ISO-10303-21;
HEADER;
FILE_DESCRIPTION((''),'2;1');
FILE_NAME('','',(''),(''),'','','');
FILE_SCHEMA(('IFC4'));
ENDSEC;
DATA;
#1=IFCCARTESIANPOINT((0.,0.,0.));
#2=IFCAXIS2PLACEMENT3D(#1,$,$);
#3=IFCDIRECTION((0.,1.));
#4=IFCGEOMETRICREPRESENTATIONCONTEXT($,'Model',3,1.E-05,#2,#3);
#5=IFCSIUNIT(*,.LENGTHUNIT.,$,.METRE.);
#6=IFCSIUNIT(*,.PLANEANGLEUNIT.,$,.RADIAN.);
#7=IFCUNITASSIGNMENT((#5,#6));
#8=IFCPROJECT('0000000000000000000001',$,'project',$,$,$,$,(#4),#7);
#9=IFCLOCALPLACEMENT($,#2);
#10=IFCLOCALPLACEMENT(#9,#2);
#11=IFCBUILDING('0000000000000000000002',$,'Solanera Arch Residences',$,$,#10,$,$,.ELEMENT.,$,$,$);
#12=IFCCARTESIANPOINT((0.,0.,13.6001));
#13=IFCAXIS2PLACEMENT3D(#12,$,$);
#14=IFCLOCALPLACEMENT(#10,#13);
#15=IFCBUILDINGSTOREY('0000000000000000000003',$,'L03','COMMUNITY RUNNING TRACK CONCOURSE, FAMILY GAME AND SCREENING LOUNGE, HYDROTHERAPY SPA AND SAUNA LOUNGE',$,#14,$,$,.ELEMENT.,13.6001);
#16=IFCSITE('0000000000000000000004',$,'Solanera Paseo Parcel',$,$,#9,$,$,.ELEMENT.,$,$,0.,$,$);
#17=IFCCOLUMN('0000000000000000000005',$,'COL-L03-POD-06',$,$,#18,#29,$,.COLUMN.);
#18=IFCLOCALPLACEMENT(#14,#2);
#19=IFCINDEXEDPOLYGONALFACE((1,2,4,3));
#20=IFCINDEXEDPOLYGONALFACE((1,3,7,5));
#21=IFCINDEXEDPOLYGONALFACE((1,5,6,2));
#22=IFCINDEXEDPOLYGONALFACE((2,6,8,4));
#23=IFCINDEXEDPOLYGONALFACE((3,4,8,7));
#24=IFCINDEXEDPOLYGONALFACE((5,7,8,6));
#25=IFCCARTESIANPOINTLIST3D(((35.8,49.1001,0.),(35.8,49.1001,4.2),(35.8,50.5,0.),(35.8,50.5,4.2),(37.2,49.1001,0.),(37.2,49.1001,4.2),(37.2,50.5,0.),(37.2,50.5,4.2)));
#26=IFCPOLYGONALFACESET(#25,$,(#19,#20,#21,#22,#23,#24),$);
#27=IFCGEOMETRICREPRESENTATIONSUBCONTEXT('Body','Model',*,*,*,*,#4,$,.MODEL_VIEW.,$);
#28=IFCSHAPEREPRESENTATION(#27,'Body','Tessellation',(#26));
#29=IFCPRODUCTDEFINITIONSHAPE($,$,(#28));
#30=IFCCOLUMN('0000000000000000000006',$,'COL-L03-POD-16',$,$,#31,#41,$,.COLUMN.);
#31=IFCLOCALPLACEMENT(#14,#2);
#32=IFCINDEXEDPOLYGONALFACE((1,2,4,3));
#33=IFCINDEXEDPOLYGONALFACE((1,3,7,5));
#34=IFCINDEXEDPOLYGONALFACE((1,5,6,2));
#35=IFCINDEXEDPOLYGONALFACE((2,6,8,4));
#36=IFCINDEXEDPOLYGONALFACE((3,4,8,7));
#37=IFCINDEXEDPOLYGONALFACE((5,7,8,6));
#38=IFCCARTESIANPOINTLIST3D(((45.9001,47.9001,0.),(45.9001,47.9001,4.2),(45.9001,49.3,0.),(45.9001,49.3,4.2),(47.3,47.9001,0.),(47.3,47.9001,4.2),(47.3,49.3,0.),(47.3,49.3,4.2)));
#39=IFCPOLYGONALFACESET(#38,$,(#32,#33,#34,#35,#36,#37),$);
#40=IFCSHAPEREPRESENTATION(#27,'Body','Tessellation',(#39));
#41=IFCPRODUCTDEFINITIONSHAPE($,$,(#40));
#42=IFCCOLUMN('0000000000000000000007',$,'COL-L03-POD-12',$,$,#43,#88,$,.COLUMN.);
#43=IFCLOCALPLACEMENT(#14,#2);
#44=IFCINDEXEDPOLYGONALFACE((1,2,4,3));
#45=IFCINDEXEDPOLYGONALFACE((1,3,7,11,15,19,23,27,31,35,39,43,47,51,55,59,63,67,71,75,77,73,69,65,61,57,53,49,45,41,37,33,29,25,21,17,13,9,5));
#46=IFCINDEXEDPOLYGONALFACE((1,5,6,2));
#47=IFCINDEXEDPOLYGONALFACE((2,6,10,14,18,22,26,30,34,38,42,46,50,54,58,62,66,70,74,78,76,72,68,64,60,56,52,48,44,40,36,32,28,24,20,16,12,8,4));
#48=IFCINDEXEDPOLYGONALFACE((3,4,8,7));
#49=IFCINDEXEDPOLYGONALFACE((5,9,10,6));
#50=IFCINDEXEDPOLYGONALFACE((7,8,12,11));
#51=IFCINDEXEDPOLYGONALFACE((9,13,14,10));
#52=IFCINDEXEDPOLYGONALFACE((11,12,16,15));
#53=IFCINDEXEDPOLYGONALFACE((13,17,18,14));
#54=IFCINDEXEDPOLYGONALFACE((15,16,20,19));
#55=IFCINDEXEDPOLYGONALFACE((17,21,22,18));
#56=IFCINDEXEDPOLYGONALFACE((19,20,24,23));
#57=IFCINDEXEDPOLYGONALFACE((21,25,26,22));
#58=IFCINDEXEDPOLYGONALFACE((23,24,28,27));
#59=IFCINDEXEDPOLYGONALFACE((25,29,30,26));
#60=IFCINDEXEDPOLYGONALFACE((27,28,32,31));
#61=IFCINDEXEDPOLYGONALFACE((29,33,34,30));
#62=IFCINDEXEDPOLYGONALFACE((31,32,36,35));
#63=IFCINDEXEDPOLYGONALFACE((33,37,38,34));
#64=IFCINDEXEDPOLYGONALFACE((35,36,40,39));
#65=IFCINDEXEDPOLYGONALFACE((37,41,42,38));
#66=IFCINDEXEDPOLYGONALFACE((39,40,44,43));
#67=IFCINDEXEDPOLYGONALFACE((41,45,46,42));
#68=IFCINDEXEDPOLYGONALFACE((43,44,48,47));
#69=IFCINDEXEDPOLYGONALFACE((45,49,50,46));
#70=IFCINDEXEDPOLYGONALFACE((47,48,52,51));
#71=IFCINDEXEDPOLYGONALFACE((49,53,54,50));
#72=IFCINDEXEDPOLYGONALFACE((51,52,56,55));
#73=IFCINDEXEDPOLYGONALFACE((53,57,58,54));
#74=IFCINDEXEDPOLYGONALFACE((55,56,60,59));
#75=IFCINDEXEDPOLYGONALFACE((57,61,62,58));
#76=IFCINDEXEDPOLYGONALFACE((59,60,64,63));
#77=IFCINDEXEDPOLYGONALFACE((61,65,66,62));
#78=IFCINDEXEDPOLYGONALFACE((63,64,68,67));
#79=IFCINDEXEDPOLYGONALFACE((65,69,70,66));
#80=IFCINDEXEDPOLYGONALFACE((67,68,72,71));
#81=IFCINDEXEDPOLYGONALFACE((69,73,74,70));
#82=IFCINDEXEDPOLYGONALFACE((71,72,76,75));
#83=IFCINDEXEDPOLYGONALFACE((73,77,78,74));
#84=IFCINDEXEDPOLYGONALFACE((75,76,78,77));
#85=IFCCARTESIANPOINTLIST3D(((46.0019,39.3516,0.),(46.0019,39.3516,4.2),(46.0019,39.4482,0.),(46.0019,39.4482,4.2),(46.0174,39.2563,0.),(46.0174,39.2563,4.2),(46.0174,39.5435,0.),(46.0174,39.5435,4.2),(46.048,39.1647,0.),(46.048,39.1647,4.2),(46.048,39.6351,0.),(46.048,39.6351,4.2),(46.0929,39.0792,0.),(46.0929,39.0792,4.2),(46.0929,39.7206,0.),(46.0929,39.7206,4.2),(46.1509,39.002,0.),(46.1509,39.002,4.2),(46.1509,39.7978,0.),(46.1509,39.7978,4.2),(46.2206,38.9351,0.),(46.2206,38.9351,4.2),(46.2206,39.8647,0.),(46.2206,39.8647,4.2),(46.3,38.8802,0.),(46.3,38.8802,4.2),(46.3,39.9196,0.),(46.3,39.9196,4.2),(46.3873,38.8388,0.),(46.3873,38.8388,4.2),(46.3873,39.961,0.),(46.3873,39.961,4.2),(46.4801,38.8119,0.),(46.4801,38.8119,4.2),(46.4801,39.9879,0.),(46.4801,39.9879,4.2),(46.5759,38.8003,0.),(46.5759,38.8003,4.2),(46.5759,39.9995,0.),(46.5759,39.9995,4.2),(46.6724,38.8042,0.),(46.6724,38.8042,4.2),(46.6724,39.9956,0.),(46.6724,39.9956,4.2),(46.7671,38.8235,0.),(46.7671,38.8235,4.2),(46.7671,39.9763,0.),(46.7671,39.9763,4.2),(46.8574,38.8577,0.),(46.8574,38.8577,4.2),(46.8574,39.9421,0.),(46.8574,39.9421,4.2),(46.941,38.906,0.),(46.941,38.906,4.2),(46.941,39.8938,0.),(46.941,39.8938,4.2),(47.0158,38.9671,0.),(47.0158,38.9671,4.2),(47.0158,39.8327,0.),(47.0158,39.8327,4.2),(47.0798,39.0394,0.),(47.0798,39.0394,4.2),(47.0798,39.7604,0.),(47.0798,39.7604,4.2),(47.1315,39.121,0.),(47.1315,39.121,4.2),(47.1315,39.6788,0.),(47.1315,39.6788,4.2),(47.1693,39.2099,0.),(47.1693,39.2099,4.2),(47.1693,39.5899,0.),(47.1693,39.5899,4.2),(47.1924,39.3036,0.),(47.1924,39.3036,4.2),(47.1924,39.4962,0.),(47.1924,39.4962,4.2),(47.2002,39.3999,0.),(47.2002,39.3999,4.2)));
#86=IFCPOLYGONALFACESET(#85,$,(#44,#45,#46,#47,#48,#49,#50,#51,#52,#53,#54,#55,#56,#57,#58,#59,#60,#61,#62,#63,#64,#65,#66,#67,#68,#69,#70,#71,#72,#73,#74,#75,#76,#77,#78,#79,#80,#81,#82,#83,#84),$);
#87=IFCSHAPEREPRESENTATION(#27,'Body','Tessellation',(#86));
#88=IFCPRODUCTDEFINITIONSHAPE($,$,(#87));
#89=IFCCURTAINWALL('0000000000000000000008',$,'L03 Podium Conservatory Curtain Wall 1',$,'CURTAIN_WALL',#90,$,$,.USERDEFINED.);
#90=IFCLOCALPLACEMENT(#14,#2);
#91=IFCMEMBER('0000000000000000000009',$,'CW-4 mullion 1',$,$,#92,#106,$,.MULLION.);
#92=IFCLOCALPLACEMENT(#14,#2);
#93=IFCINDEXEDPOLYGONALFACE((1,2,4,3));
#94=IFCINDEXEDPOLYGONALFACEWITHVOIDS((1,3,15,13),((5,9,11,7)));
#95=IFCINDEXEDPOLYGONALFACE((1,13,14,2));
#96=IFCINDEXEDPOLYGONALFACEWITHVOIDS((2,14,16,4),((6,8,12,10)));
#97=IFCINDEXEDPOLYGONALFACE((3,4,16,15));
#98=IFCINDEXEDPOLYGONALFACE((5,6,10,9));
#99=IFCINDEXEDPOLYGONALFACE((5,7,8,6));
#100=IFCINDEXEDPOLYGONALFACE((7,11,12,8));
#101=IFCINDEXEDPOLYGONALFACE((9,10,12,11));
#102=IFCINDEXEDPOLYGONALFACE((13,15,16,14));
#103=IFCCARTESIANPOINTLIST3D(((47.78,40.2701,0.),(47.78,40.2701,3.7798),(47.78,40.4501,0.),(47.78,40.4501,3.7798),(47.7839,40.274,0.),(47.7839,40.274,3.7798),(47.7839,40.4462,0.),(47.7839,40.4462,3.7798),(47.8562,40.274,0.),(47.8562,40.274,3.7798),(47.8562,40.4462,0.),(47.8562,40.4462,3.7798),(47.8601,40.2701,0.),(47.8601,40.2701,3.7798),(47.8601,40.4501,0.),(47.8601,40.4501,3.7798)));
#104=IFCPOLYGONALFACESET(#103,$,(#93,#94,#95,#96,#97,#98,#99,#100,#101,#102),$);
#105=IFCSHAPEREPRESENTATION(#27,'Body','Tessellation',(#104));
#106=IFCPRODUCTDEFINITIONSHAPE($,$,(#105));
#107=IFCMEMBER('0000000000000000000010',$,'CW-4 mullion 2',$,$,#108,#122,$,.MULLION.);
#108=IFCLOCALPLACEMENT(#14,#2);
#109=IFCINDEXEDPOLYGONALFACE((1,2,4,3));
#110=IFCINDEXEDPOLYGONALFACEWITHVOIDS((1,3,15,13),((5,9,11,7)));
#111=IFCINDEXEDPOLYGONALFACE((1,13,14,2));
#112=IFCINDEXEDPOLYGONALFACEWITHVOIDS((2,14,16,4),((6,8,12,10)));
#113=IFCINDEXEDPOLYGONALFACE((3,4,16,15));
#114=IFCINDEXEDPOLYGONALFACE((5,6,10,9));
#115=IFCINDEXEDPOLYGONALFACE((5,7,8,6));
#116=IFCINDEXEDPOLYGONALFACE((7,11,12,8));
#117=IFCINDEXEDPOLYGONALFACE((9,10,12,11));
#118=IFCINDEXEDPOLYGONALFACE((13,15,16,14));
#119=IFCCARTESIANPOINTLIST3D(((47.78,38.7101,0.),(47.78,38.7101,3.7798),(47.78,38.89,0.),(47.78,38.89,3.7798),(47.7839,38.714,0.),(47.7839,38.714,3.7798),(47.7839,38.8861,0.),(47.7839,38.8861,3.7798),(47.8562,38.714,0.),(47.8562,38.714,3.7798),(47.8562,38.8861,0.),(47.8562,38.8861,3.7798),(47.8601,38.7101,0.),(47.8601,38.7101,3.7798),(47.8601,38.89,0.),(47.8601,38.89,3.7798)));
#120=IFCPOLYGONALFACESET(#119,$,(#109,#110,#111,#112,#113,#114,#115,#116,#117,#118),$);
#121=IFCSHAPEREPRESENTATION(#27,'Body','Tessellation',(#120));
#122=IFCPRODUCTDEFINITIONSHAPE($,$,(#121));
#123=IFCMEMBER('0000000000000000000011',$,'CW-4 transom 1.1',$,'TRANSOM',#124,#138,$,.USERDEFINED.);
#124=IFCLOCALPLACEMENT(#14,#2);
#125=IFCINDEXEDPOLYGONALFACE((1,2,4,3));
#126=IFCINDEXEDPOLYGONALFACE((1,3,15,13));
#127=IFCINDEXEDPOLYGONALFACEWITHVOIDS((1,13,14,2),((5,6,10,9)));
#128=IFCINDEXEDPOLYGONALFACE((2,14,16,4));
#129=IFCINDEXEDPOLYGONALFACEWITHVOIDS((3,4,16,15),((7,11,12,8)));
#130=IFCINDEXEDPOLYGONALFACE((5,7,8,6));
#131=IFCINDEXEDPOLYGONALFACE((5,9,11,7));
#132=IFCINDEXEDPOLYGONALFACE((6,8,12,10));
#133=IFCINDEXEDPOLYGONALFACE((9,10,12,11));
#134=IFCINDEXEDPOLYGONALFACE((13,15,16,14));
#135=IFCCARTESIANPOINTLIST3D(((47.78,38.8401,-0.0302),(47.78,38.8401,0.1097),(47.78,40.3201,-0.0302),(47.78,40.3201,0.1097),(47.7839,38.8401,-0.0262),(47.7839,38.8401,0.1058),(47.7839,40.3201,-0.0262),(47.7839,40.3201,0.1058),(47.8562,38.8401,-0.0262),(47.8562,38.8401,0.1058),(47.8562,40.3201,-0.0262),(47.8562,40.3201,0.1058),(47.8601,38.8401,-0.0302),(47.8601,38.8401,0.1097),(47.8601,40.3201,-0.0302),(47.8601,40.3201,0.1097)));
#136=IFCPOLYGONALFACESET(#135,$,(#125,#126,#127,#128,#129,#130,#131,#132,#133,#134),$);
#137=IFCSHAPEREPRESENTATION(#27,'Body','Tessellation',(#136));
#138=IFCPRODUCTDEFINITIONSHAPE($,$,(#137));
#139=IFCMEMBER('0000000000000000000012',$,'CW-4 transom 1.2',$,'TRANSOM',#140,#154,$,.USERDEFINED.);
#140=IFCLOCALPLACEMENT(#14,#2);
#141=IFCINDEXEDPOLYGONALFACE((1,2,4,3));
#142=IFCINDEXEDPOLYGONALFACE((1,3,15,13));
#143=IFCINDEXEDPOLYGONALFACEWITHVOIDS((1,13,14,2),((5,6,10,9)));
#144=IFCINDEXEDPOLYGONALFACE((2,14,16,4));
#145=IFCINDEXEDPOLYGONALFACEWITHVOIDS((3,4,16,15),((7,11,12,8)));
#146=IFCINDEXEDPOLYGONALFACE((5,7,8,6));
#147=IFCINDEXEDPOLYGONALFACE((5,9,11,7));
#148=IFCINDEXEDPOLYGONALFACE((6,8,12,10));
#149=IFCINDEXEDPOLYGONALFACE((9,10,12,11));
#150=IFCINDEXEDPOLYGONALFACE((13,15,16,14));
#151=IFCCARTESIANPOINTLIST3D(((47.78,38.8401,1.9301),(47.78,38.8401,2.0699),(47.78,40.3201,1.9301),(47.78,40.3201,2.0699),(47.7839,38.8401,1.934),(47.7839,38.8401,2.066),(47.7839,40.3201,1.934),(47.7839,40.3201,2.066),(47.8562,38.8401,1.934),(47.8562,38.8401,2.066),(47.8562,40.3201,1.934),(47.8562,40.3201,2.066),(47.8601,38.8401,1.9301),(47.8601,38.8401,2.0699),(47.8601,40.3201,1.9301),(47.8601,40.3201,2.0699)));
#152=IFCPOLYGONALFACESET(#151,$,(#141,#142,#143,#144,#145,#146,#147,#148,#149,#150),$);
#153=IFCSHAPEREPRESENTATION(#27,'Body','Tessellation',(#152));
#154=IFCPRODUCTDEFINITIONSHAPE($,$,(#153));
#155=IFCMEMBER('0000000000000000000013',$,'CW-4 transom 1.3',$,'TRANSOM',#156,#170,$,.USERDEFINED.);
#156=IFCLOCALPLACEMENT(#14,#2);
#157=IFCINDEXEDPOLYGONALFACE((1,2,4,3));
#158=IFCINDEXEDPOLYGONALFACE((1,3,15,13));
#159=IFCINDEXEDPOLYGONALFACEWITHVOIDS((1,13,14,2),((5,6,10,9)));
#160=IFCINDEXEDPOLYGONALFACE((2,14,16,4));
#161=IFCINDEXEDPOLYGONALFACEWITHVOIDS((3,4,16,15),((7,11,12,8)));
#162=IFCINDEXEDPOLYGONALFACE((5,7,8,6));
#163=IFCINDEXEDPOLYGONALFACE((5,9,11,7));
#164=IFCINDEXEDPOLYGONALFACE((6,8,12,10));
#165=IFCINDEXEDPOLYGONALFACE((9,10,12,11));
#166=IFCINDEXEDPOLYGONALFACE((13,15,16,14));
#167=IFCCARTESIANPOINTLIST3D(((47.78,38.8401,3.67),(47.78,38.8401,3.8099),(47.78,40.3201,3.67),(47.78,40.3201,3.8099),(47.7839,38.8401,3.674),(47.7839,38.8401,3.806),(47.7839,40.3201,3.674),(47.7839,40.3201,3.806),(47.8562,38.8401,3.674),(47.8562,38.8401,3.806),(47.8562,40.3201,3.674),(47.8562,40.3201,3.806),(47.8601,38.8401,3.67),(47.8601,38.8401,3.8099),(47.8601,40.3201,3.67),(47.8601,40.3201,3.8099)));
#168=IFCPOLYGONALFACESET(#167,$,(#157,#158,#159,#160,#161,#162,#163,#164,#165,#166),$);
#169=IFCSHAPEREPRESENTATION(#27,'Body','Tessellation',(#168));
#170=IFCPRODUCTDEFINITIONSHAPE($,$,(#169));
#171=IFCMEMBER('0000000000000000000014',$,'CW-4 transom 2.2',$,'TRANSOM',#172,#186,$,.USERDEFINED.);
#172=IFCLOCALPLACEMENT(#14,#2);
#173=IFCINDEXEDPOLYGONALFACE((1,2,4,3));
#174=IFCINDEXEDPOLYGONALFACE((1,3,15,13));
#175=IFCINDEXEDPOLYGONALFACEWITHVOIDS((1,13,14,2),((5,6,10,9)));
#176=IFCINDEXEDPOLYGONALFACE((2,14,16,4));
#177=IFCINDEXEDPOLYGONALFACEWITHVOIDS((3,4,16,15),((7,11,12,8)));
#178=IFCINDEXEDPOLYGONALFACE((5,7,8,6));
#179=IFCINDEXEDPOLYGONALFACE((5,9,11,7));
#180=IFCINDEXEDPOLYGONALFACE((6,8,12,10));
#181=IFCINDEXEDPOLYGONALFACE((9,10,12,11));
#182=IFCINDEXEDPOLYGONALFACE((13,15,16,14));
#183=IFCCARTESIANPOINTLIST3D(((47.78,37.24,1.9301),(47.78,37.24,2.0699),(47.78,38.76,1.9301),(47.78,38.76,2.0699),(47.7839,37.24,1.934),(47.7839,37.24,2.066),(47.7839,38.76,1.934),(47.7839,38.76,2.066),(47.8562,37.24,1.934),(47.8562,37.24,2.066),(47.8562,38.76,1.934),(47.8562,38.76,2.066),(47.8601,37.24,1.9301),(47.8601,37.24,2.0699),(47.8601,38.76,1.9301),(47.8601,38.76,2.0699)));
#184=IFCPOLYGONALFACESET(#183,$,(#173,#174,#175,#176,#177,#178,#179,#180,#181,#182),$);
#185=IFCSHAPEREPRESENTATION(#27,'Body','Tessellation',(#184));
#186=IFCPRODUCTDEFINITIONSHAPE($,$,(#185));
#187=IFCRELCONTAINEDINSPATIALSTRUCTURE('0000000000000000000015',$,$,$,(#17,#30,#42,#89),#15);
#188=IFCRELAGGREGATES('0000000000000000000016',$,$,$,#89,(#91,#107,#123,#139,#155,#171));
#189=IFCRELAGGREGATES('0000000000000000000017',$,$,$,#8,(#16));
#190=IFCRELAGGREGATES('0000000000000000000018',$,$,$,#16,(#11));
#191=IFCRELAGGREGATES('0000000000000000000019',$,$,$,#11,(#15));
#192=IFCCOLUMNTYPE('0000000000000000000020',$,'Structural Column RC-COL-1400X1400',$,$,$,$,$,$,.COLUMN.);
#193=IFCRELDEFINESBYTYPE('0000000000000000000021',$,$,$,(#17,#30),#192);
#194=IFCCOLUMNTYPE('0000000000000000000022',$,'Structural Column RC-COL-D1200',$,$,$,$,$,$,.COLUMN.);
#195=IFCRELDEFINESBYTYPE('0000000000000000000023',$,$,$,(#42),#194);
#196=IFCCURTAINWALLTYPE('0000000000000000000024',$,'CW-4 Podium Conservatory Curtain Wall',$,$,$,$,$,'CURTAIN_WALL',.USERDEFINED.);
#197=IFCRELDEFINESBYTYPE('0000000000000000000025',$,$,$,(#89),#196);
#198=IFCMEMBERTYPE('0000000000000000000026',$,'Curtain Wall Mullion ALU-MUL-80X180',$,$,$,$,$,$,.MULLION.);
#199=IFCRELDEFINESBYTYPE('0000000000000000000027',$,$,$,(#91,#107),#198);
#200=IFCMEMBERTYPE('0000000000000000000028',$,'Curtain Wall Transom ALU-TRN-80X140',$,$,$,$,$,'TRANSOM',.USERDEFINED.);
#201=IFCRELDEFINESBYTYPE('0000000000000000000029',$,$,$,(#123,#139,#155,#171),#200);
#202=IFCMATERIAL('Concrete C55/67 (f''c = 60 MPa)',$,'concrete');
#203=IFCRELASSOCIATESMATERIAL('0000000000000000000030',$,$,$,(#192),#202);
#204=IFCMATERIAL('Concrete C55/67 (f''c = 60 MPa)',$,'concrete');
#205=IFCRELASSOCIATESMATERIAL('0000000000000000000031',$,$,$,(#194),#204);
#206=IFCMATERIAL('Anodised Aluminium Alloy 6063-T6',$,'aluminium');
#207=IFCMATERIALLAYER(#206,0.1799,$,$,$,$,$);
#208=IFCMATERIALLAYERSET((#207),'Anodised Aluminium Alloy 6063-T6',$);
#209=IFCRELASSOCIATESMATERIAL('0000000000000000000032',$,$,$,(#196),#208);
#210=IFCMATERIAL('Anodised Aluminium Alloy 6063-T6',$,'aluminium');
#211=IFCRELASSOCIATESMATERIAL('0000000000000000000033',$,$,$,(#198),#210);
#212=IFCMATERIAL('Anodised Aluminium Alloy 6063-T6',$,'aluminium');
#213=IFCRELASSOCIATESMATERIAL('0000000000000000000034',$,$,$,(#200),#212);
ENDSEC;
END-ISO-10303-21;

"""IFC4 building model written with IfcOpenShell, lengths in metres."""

from ifc_helpers import new_model, si_unit, direction, frame, origin, origin_2d, place, context, subcontext, project, spatial, rectangle, hollow_rectangle, circle, extrude, material, layer, layer_set, material_profile, profile_set, type_object, element, aggregate, save


model = new_model("IFC4")

# Units and contexts
model_context = context("Model", 3, precision=1e-05, world=origin(), true_north=direction((0.0, 1.0)))
body_context = subcontext(model_context, "Body", "Model", "MODEL_VIEW")
ifc_project = project(units=[si_unit("LENGTHUNIT", "METRE"), si_unit("PLANEANGLEUNIT", "RADIAN")], contexts=[model_context])

# Site, building, storey
site_placement = place(None, origin())
site = spatial("IfcSite", under=ifc_project, at=site_placement, Name="Solanera Paseo Parcel", CompositionType="ELEMENT", RefElevation=0.0)
building_placement = place(site_placement, origin())
building = spatial("IfcBuilding", under=site, at=building_placement, Name="Solanera Arch Residences", CompositionType="ELEMENT")
storey_placement = place(building_placement, frame((0.0, 0.0, 13.6001)))
storey = spatial("IfcBuildingStorey", under=building, at=storey_placement, Name="L03", Description="COMMUNITY RUNNING TRACK CONCOURSE, FAMILY GAME AND SCREENING LOUNGE, HYDROTHERAPY SPA AND SAUNA LOUNGE", CompositionType="ELEMENT", Elevation=13.6001)

# Columns
ifc_material_1 = material(Name="Concrete C55/67 (f'c = 60 MPa)", Category="concrete")
ifc_material_profile_1 = material_profile(ifc_material_1, rectangle(XDim=1.3999, YDim=1.3999, at=origin_2d()))
ifc_profile_set_1 = profile_set([ifc_material_profile_1], Name="Concrete C55/67 (f'c = 60 MPa)")
column_type_1 = type_object("IfcColumnType", Name="Structural Column RC-COL-1400X1400", PredefinedType="COLUMN", material=ifc_profile_set_1)
for number, where, z_axis, x_axis, name in (
    (1, (36.5, 49.8, 0.0), (0.0, 0.0, 1.0), (1.0, 0.0, 0.0), "COL-L03-POD-06"),
    (2, (46.6001, 48.6001, 0.0), (0.0, 0.0, 1.0), (1.0, 0.0, 0.0), "COL-L03-POD-16"),
):
    element("IfcColumn", number, at=place(storey_placement, frame(where, z_axis=z_axis, x_axis=x_axis)), inside=storey, type_object=column_type_1, Name=name, PredefinedType="COLUMN", context=body_context, shape_type="SweptSolid", body=[
        extrude(rectangle(XDim=1.3999, YDim=1.3999, at=origin_2d()), origin(), (0.0, 0.0, 1.0), 4.2),
    ])
ifc_material_2 = material(Name="Concrete C55/67 (f'c = 60 MPa)", Category="concrete")
ifc_material_profile_2 = material_profile(ifc_material_2, circle(Radius=0.6001, at=origin_2d()))
ifc_profile_set_2 = profile_set([ifc_material_profile_2], Name="Concrete C55/67 (f'c = 60 MPa)")
column_type_2 = type_object("IfcColumnType", Name="Structural Column RC-COL-D1200", PredefinedType="COLUMN", material=ifc_profile_set_2)
column_placement = place(storey_placement, frame((46.6001, 39.3999, 0.0), z_axis=(0.0, 0.0, 1.0), x_axis=(1.0, 0.0, 0.0)))
element("IfcColumn", 3, at=column_placement, inside=storey, type_object=column_type_2, Name="COL-L03-POD-12", PredefinedType="COLUMN", context=body_context, shape_type="SweptSolid", body=[
    extrude(circle(Radius=0.6001, at=origin_2d()), origin(), (0.0, 0.0, 1.0), 4.2),
])

# Curtain wall, members
ifc_material_3 = material(Name="Anodised Aluminium Alloy 6063-T6", Category="aluminium")
ifc_layer_1 = layer(ifc_material_3, 0.1799)
ifc_layer_set_1 = layer_set([ifc_layer_1], Name="Anodised Aluminium Alloy 6063-T6")
curtain_wall_type = type_object("IfcCurtainWallType", Name="CW-4 Podium Conservatory Curtain Wall", ElementType="CURTAIN_WALL", PredefinedType="USERDEFINED", material=ifc_layer_set_1)
curtain_wall_placement = place(storey_placement, origin())
curtain_wall = element("IfcCurtainWall", 4, at=curtain_wall_placement, inside=storey, type_object=curtain_wall_type, Name="L03 Podium Conservatory Curtain Wall 1", ObjectType="CURTAIN_WALL", PredefinedType="USERDEFINED")
ifc_material_4 = material(Name="Anodised Aluminium Alloy 6063-T6", Category="aluminium")
ifc_material_profile_3 = material_profile(ifc_material_4, hollow_rectangle(XDim=0.0801, YDim=0.1799, WallThickness=0.0039, at=origin_2d()))
ifc_profile_set_3 = profile_set([ifc_material_profile_3], Name="Anodised Aluminium Alloy 6063-T6")
member_type_1 = type_object("IfcMemberType", Name="Curtain Wall Mullion ALU-MUL-80X180", PredefinedType="MULLION", material=ifc_profile_set_3)
member_1_placement = place(storey_placement, frame((47.8201, 40.3601, 0.0), z_axis=(0.0, 0.0, 1.0), x_axis=(1.0, 0.0, 0.0)))
member_1 = element("IfcMember", 5, at=member_1_placement, type_object=member_type_1, Name="CW-4 mullion 1", PredefinedType="MULLION", context=body_context, shape_type="SweptSolid", body=[
    extrude(hollow_rectangle(XDim=0.0801, YDim=0.1799, WallThickness=0.0039, at=origin_2d()), origin(), (0.0, 0.0, 1.0), 3.7798),
])
member_2_placement = place(storey_placement, frame((47.8201, 38.8, 0.0), z_axis=(0.0, 0.0, 1.0), x_axis=(1.0, 0.0, 0.0)))
member_2 = element("IfcMember", 6, at=member_2_placement, type_object=member_type_1, Name="CW-4 mullion 2", PredefinedType="MULLION", context=body_context, shape_type="SweptSolid", body=[
    extrude(hollow_rectangle(XDim=0.0801, YDim=0.1799, WallThickness=0.0039, at=origin_2d()), origin(), (0.0, 0.0, 1.0), 3.7798),
])
ifc_material_5 = material(Name="Anodised Aluminium Alloy 6063-T6", Category="aluminium")
ifc_material_profile_4 = material_profile(ifc_material_5, hollow_rectangle(XDim=0.0801, YDim=0.1399, WallThickness=0.0039, at=origin_2d()))
ifc_profile_set_4 = profile_set([ifc_material_profile_4], Name="Anodised Aluminium Alloy 6063-T6")
member_type_2 = type_object("IfcMemberType", Name="Curtain Wall Transom ALU-TRN-80X140", ElementType="TRANSOM", PredefinedType="USERDEFINED", material=ifc_profile_set_4)
member_3_placement = place(storey_placement, frame((47.8201, 40.3201, 0.0398), z_axis=(0.0, -1.0, 0.0), x_axis=(1.0, 0.0, 0.0)))
member_3 = element("IfcMember", 7, at=member_3_placement, type_object=member_type_2, Name="CW-4 transom 1.1", ObjectType="TRANSOM", PredefinedType="USERDEFINED", context=body_context, shape_type="SweptSolid", body=[
    extrude(hollow_rectangle(XDim=0.0801, YDim=0.1399, WallThickness=0.0039, at=origin_2d()), origin(), (0.0, 0.0, 1.0), 1.48),
])
member_4_placement = place(storey_placement, frame((47.8201, 40.3201, 2.0), z_axis=(0.0, -1.0, 0.0), x_axis=(1.0, 0.0, 0.0)))
member_4 = element("IfcMember", 8, at=member_4_placement, type_object=member_type_2, Name="CW-4 transom 1.2", ObjectType="TRANSOM", PredefinedType="USERDEFINED", context=body_context, shape_type="SweptSolid", body=[
    extrude(hollow_rectangle(XDim=0.0801, YDim=0.1399, WallThickness=0.0039, at=origin_2d()), origin(), (0.0, 0.0, 1.0), 1.48),
])
member_5_placement = place(storey_placement, frame((47.8201, 40.3201, 3.74), z_axis=(0.0, -1.0, 0.0), x_axis=(1.0, 0.0, 0.0)))
member_5 = element("IfcMember", 9, at=member_5_placement, type_object=member_type_2, Name="CW-4 transom 1.3", ObjectType="TRANSOM", PredefinedType="USERDEFINED", context=body_context, shape_type="SweptSolid", body=[
    extrude(hollow_rectangle(XDim=0.0801, YDim=0.1399, WallThickness=0.0039, at=origin_2d()), origin(), (0.0, 0.0, 1.0), 1.48),
])
member_6_placement = place(storey_placement, frame((47.8201, 38.76, 2.0), z_axis=(0.0, -1.0, 0.0), x_axis=(1.0, 0.0, 0.0)))
member_6 = element("IfcMember", 10, at=member_6_placement, type_object=member_type_2, Name="CW-4 transom 2.2", ObjectType="TRANSOM", PredefinedType="USERDEFINED", context=body_context, shape_type="SweptSolid", body=[
    extrude(hollow_rectangle(XDim=0.0801, YDim=0.1399, WallThickness=0.0039, at=origin_2d()), origin(), (0.0, 0.0, 1.0), 1.52),
])

aggregate(curtain_wall, [member_1, member_2, member_3, member_4, member_5, member_6])

save(model, "model.ifc")
